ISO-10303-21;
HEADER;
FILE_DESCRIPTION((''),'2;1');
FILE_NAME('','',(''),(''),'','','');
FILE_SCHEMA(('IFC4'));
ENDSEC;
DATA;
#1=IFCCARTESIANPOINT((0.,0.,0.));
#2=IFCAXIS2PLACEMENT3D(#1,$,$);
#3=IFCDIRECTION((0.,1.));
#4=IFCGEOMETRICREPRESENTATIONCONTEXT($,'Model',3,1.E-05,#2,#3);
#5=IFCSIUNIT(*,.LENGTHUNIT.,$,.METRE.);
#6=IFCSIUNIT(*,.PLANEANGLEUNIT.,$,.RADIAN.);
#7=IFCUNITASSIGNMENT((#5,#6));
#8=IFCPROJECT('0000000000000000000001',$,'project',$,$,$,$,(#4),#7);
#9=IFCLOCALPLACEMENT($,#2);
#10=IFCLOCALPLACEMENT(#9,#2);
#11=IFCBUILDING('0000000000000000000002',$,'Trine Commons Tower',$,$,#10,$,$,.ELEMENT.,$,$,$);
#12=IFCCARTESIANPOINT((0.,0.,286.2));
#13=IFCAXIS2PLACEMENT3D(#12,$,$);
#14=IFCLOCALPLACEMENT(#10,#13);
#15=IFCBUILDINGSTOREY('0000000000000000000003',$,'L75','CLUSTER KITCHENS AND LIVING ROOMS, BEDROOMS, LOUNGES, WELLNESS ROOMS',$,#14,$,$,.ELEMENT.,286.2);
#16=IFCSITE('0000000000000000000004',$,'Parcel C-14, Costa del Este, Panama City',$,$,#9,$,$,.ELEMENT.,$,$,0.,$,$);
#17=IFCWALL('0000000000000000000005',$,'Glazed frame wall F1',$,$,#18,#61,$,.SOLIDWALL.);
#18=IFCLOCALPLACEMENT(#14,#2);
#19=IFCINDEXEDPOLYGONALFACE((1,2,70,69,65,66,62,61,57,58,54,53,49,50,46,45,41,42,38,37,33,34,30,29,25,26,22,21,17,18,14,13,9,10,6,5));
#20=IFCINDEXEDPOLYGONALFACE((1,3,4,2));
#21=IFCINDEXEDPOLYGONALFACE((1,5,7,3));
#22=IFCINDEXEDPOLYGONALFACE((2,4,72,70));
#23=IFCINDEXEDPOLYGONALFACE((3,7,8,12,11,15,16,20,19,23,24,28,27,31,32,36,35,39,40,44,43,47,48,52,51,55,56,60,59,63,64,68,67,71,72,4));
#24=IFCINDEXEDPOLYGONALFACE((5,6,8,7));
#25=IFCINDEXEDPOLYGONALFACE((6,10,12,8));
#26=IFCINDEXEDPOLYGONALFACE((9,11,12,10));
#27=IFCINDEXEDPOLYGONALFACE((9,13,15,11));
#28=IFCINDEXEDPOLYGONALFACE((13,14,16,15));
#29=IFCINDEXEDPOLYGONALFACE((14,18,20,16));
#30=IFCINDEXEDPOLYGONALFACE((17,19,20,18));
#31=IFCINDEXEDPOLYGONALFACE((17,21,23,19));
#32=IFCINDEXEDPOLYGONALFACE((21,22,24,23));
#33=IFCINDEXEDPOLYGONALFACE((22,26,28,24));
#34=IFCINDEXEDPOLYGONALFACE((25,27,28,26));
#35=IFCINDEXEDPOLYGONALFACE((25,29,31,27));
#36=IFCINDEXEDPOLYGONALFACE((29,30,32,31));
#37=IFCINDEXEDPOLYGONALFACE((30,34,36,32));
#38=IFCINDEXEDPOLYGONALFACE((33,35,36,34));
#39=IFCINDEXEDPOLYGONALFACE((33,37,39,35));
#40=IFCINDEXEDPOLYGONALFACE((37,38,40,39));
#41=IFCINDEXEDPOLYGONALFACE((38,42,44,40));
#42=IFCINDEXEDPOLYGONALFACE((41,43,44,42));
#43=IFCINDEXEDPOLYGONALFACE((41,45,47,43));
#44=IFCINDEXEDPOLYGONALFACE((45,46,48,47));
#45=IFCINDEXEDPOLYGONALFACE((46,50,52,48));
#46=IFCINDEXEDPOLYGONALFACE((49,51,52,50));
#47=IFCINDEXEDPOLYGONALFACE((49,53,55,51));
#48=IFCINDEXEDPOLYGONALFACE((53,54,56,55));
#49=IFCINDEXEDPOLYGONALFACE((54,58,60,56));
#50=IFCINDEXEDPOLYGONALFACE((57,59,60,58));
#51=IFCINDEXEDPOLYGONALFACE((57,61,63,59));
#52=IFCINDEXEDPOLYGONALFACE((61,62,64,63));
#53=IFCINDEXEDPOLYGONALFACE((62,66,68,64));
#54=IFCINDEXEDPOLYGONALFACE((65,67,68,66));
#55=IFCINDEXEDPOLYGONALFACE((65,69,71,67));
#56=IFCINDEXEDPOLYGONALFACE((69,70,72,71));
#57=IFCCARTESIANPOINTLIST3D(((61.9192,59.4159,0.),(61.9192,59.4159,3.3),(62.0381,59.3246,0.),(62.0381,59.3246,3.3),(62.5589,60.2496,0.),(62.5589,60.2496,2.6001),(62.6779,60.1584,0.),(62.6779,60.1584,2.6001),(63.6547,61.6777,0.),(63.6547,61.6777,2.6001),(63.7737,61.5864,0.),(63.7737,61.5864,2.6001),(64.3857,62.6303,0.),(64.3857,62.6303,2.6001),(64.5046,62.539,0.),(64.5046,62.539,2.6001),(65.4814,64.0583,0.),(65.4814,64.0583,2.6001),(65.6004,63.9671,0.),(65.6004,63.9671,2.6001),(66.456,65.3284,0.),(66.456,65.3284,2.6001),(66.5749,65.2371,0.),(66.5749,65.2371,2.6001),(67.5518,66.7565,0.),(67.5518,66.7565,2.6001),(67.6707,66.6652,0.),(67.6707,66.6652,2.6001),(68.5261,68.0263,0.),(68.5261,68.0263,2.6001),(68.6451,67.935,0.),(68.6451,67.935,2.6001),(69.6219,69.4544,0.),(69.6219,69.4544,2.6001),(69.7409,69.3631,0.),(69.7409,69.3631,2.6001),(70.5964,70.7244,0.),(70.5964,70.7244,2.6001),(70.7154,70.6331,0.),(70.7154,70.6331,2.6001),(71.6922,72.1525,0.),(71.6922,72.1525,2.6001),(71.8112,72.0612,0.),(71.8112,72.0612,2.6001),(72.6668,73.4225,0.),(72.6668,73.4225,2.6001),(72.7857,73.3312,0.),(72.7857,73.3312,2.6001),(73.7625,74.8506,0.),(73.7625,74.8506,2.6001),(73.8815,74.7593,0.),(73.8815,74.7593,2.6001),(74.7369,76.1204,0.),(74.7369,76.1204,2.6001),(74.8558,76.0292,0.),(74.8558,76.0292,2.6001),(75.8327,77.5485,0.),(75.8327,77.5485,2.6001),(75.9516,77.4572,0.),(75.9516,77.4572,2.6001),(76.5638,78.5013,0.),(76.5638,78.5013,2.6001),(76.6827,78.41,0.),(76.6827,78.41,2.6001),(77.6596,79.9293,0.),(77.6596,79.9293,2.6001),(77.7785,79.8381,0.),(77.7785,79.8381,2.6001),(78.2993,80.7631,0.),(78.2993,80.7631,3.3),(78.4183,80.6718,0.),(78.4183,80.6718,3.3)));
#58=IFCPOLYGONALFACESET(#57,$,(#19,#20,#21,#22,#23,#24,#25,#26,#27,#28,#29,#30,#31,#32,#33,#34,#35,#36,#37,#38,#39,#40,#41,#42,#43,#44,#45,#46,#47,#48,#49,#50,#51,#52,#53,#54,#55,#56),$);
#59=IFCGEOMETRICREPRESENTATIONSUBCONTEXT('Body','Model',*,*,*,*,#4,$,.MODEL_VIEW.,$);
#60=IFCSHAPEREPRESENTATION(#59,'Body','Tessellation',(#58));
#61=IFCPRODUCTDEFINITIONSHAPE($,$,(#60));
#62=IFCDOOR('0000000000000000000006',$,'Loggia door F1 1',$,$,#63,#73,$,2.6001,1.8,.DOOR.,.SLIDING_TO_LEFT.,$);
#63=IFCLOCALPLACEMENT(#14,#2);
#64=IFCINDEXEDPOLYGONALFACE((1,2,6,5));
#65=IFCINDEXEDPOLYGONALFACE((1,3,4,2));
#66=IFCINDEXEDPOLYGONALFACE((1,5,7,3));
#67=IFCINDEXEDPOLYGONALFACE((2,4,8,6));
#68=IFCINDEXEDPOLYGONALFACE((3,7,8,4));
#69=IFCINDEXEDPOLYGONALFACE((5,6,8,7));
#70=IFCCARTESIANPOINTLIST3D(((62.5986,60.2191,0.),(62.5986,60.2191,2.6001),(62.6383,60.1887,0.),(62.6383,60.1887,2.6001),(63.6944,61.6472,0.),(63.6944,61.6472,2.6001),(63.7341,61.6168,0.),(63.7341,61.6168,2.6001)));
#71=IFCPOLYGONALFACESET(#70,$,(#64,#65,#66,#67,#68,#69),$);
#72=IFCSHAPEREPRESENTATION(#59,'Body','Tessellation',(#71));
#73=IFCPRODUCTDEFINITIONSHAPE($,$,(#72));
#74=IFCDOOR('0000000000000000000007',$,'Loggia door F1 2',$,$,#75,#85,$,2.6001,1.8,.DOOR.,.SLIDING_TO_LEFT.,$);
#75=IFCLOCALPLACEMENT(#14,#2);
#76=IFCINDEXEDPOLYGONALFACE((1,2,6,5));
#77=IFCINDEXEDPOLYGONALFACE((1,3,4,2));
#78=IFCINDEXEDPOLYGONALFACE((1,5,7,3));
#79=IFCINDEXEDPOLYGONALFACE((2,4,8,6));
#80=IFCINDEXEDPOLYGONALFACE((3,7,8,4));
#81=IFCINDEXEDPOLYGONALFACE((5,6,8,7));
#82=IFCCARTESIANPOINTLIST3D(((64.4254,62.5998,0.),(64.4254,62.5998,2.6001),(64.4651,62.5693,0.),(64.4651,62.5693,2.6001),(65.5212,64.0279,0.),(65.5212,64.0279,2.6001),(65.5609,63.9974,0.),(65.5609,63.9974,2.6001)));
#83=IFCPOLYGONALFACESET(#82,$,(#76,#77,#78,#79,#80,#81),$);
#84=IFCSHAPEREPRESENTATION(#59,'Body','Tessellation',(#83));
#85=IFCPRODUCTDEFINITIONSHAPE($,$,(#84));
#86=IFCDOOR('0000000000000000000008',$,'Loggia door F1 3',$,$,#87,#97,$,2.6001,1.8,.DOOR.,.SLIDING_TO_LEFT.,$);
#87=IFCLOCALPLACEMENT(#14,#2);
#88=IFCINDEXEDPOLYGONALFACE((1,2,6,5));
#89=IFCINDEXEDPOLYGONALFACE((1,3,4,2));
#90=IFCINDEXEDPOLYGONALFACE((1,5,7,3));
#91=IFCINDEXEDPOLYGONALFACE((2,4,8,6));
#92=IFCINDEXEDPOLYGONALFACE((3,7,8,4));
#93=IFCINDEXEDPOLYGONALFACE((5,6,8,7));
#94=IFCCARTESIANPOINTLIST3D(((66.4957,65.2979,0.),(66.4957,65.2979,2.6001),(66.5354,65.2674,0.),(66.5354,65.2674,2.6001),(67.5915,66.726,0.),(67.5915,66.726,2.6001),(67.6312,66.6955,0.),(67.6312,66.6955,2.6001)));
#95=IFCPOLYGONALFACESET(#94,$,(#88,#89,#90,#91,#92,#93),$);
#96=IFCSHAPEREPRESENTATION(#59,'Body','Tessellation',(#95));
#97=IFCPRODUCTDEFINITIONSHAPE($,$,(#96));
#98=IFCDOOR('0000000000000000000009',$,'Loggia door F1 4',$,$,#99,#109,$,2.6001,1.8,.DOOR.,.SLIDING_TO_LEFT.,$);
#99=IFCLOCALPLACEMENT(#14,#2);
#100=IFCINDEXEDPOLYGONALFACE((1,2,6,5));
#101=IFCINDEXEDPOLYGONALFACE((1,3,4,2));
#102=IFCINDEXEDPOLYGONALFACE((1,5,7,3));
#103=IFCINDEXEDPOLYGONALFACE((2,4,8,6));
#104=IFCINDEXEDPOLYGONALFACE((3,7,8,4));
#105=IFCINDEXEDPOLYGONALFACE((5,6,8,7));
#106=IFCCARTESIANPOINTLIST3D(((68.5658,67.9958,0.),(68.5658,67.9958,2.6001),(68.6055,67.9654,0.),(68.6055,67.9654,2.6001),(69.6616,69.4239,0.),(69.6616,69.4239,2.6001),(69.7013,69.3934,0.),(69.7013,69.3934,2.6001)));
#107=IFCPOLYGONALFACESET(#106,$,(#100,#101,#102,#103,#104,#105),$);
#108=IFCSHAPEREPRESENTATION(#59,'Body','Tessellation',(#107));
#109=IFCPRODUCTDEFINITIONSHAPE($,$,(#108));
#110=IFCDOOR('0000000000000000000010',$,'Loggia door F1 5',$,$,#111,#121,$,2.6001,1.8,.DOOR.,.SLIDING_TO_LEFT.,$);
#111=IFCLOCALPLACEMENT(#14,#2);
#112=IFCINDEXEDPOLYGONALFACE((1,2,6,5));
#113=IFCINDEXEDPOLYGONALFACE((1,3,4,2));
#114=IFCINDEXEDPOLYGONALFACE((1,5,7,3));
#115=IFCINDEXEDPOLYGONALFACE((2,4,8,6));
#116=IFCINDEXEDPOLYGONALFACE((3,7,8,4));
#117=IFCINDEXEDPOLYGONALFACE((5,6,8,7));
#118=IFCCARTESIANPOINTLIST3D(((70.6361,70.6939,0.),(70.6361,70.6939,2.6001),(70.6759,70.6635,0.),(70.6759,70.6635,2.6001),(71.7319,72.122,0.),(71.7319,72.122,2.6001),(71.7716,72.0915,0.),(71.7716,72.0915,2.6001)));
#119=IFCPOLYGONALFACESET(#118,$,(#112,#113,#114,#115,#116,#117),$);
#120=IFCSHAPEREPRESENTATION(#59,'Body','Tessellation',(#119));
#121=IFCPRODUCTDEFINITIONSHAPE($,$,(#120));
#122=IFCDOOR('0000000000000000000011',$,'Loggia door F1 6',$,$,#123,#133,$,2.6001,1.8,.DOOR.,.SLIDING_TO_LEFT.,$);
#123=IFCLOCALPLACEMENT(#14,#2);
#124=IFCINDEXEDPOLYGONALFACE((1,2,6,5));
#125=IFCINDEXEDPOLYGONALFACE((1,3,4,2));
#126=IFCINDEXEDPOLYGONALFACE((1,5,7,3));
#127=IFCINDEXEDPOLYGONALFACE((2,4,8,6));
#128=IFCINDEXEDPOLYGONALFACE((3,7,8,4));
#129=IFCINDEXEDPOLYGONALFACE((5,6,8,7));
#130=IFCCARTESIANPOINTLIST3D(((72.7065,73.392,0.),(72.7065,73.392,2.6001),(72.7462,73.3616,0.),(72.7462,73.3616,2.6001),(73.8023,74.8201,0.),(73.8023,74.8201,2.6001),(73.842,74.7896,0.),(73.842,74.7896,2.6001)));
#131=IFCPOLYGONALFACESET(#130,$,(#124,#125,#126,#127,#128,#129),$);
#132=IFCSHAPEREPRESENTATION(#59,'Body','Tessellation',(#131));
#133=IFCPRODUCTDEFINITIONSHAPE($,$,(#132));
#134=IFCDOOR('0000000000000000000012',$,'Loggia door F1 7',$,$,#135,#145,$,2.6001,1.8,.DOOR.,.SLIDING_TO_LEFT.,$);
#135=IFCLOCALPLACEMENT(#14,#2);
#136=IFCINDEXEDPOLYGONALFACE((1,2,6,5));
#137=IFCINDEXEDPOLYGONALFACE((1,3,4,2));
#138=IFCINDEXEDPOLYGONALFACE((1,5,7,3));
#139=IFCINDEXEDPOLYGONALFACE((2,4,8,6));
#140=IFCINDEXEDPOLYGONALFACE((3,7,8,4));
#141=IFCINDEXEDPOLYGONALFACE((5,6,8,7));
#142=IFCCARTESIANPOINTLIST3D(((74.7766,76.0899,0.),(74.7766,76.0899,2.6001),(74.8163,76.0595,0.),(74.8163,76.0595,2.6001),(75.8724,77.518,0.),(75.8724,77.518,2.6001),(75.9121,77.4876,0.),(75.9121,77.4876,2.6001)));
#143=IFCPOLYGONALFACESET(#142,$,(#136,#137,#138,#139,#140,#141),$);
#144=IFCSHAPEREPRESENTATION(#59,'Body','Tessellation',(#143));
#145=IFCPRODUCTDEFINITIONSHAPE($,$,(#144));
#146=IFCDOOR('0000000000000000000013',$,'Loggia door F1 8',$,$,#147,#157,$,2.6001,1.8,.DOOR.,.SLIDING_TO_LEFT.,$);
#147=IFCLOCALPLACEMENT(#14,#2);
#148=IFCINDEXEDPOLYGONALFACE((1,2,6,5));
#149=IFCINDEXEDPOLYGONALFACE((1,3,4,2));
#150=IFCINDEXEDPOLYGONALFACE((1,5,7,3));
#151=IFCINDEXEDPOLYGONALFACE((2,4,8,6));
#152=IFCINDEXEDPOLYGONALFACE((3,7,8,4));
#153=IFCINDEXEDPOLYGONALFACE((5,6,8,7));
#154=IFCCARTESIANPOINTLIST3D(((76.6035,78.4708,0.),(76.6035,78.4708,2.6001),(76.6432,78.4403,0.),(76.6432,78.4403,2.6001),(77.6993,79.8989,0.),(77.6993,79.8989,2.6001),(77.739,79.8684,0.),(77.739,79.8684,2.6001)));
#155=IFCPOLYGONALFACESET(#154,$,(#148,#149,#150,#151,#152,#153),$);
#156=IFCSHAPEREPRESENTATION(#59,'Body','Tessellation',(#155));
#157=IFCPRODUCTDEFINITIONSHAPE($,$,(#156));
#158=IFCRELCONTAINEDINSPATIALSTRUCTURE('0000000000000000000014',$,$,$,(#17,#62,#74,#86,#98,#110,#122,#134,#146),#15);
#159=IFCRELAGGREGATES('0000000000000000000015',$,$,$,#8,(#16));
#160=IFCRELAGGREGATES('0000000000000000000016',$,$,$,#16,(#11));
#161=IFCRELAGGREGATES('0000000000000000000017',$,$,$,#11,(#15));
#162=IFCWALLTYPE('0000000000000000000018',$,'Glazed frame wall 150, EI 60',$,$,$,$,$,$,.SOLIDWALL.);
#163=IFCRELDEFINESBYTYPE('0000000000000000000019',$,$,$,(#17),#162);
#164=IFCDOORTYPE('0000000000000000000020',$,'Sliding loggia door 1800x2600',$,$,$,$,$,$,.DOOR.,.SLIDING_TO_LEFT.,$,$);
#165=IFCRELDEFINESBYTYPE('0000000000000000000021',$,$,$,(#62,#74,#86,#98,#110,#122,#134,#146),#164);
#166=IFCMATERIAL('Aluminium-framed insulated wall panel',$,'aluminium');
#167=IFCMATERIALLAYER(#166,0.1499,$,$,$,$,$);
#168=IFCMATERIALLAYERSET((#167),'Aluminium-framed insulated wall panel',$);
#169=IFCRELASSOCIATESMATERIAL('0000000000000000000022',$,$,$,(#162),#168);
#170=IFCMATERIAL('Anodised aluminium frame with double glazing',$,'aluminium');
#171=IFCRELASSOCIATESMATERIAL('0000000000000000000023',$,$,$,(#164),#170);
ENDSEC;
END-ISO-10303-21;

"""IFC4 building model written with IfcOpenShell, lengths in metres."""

from ifc_helpers import new_model, si_unit, direction, frame, frame_2d, origin, place, context, subcontext, project, spatial, polyline, rectangle, outline, extrude, material, layer, layer_set, type_object, element, fill, save


model = new_model("IFC4")

# Units and contexts
model_context = context("Model", 3, precision=1e-05, world=origin(), true_north=direction((0.0, 1.0)))
body_context = subcontext(model_context, "Body", "Model", "MODEL_VIEW")
ifc_project = project(units=[si_unit("LENGTHUNIT", "METRE"), si_unit("PLANEANGLEUNIT", "RADIAN")], contexts=[model_context])

# Site, building, storey
site_placement = place(None, origin())
site = spatial("IfcSite", under=ifc_project, at=site_placement, Name="Parcel C-14, Costa del Este, Panama City", CompositionType="ELEMENT", RefElevation=0.0)
building_placement = place(site_placement, origin())
building = spatial("IfcBuilding", under=site, at=building_placement, Name="Trine Commons Tower", CompositionType="ELEMENT")
storey_placement = place(building_placement, frame((0.0, 0.0, 286.2)))
storey = spatial("IfcBuildingStorey", under=building, at=storey_placement, Name="L75", Description="CLUSTER KITCHENS AND LIVING ROOMS, BEDROOMS, LOUNGES, WELLNESS ROOMS", CompositionType="ELEMENT", Elevation=286.2)

# Wall, openings, doors
ifc_material_1 = material(Name="Aluminium-framed insulated wall panel", Category="aluminium")
ifc_layer_1 = layer(ifc_material_1, 0.1499)
ifc_layer_set_1 = layer_set([ifc_layer_1], Name="Aluminium-framed insulated wall panel")
wall_type_1 = type_object("IfcWallType", Name="Glazed frame wall 150, EI 60", PredefinedType="SOLIDWALL", material=ifc_layer_set_1)
wall_1_placement = place(storey_placement, frame((61.8877, 59.2517, 0.0), z_axis=(0.0, 0.0, 1.0), x_axis=(0.608758, 0.793356, 0.0)))
wall_1 = element("IfcWall", 1, at=wall_1_placement, inside=storey, type_object=wall_type_1, Name="Glazed frame wall F1", PredefinedType="SOLIDWALL", context=body_context, shape_type="SweptSolid", body=[
    extrude(outline(polyline([(0.1494, 0.075), (0.1494, -0.075), (27.0569, -0.075), (27.0569, 0.075), (0.1494, 0.075)])), origin(), (0.0, 0.0, 1.0), 3.3),
])
opening_1_placement = place(wall_1_placement, frame((1.2004, 0.0, 0.0)))
opening_1 = element("IfcOpeningElement", 2, at=opening_1_placement, cuts=wall_1, PredefinedType="OPENING", context=body_context, shape_type="SweptSolid", body=[
    extrude(rectangle(XDim=1.8, YDim=2.6001, at=frame_2d((0.8999, 1.3))), frame((0.0, 0.085, 0.0), z_axis=(0.0, -1.0, 0.0), x_axis=(1.0, 0.0, 0.0)), (0.0, 0.0, 1.0), 0.1699),
])
opening_2_placement = place(wall_1_placement, frame((4.2012, 0.0, 0.0)))
opening_2 = element("IfcOpeningElement", 3, at=opening_2_placement, cuts=wall_1, PredefinedType="OPENING", context=body_context, shape_type="SweptSolid", body=[
    extrude(rectangle(XDim=1.8, YDim=2.6001, at=frame_2d((0.8999, 1.3))), frame((0.0, 0.085, 0.0), z_axis=(0.0, -1.0, 0.0), x_axis=(1.0, 0.0, 0.0)), (0.0, 0.0, 1.0), 0.1699),
])
opening_3_placement = place(wall_1_placement, frame((7.6021, 0.0, 0.0)))
opening_3 = element("IfcOpeningElement", 4, at=opening_3_placement, cuts=wall_1, PredefinedType="OPENING", context=body_context, shape_type="SweptSolid", body=[
    extrude(rectangle(XDim=1.8, YDim=2.6001, at=frame_2d((0.8999, 1.3))), frame((0.0, 0.085, 0.0), z_axis=(0.0, -1.0, 0.0), x_axis=(1.0, 0.0, 0.0)), (0.0, 0.0, 1.0), 0.1699),
])
opening_4_placement = place(wall_1_placement, frame((11.0027, 0.0, 0.0)))
opening_4 = element("IfcOpeningElement", 5, at=opening_4_placement, cuts=wall_1, PredefinedType="OPENING", context=body_context, shape_type="SweptSolid", body=[
    extrude(rectangle(XDim=1.8, YDim=2.6001, at=frame_2d((0.8999, 1.3))), frame((0.0, 0.085, 0.0), z_axis=(0.0, -1.0, 0.0), x_axis=(1.0, 0.0, 0.0)), (0.0, 0.0, 1.0), 0.1699),
])
opening_5_placement = place(wall_1_placement, frame((14.4036, 0.0, 0.0)))
opening_5 = element("IfcOpeningElement", 6, at=opening_5_placement, cuts=wall_1, PredefinedType="OPENING", context=body_context, shape_type="SweptSolid", body=[
    extrude(rectangle(XDim=1.8, YDim=2.6001, at=frame_2d((0.8999, 1.3))), frame((0.0, 0.085, 0.0), z_axis=(0.0, -1.0, 0.0), x_axis=(1.0, 0.0, 0.0)), (0.0, 0.0, 1.0), 0.1699),
])
opening_6_placement = place(wall_1_placement, frame((17.8044, 0.0, 0.0)))
opening_6 = element("IfcOpeningElement", 7, at=opening_6_placement, cuts=wall_1, PredefinedType="OPENING", context=body_context, shape_type="SweptSolid", body=[
    extrude(rectangle(XDim=1.8, YDim=2.6001, at=frame_2d((0.8999, 1.3))), frame((0.0, 0.085, 0.0), z_axis=(0.0, -1.0, 0.0), x_axis=(1.0, 0.0, 0.0)), (0.0, 0.0, 1.0), 0.1699),
])
opening_7_placement = place(wall_1_placement, frame((21.2051, 0.0, 0.0)))
opening_7 = element("IfcOpeningElement", 8, at=opening_7_placement, cuts=wall_1, PredefinedType="OPENING", context=body_context, shape_type="SweptSolid", body=[
    extrude(rectangle(XDim=1.8, YDim=2.6001, at=frame_2d((0.8999, 1.3))), frame((0.0, 0.085, 0.0), z_axis=(0.0, -1.0, 0.0), x_axis=(1.0, 0.0, 0.0)), (0.0, 0.0, 1.0), 0.1699),
])
opening_8_placement = place(wall_1_placement, frame((24.2061, 0.0, 0.0)))
opening_8 = element("IfcOpeningElement", 9, at=opening_8_placement, cuts=wall_1, PredefinedType="OPENING", context=body_context, shape_type="SweptSolid", body=[
    extrude(rectangle(XDim=1.8, YDim=2.6001, at=frame_2d((0.8999, 1.3))), frame((0.0, 0.085, 0.0), z_axis=(0.0, -1.0, 0.0), x_axis=(1.0, 0.0, 0.0)), (0.0, 0.0, 1.0), 0.1699),
])
ifc_material_2 = material(Name="Anodised aluminium frame with double glazing", Category="aluminium")
door_type_1 = type_object("IfcDoorType", Name="Sliding loggia door 1800x2600", OperationType="SLIDING_TO_LEFT", PredefinedType="DOOR", material=ifc_material_2)
door_1_placement = place(opening_1_placement, origin())
door_1 = element("IfcDoor", 10, at=door_1_placement, inside=storey, type_object=door_type_1, Name="Loggia door F1 1", OperationType="SLIDING_TO_LEFT", OverallHeight=2.6001, OverallWidth=1.8, PredefinedType="DOOR", context=body_context, shape_type="SweptSolid", body=[
    extrude(rectangle(XDim=1.8, YDim=2.6001, at=frame_2d((0.8999, 1.3))), frame((0.0, 0.0249, 0.0), z_axis=(0.0, -1.0, 0.0), x_axis=(1.0, 0.0, 0.0)), (0.0, 0.0, 1.0), 0.05),
])
fill(opening_1, door_1)
door_2_placement = place(opening_2_placement, origin())
door_2 = element("IfcDoor", 11, at=door_2_placement, inside=storey, type_object=door_type_1, Name="Loggia door F1 2", OperationType="SLIDING_TO_LEFT", OverallHeight=2.6001, OverallWidth=1.8, PredefinedType="DOOR", context=body_context, shape_type="SweptSolid", body=[
    extrude(rectangle(XDim=1.8, YDim=2.6001, at=frame_2d((0.8999, 1.3))), frame((0.0, 0.0249, 0.0), z_axis=(0.0, -1.0, 0.0), x_axis=(1.0, 0.0, 0.0)), (0.0, 0.0, 1.0), 0.05),
])
fill(opening_2, door_2)
door_3_placement = place(opening_3_placement, origin())
door_3 = element("IfcDoor", 12, at=door_3_placement, inside=storey, type_object=door_type_1, Name="Loggia door F1 3", OperationType="SLIDING_TO_LEFT", OverallHeight=2.6001, OverallWidth=1.8, PredefinedType="DOOR", context=body_context, shape_type="SweptSolid", body=[
    extrude(rectangle(XDim=1.8, YDim=2.6001, at=frame_2d((0.8999, 1.3))), frame((0.0, 0.0249, 0.0), z_axis=(0.0, -1.0, 0.0), x_axis=(1.0, 0.0, 0.0)), (0.0, 0.0, 1.0), 0.05),
])
fill(opening_3, door_3)
door_4_placement = place(opening_4_placement, origin())
door_4 = element("IfcDoor", 13, at=door_4_placement, inside=storey, type_object=door_type_1, Name="Loggia door F1 4", OperationType="SLIDING_TO_LEFT", OverallHeight=2.6001, OverallWidth=1.8, PredefinedType="DOOR", context=body_context, shape_type="SweptSolid", body=[
    extrude(rectangle(XDim=1.8, YDim=2.6001, at=frame_2d((0.8999, 1.3))), frame((0.0, 0.0249, 0.0), z_axis=(0.0, -1.0, 0.0), x_axis=(1.0, 0.0, 0.0)), (0.0, 0.0, 1.0), 0.05),
])
fill(opening_4, door_4)
door_5_placement = place(opening_5_placement, origin())
door_5 = element("IfcDoor", 14, at=door_5_placement, inside=storey, type_object=door_type_1, Name="Loggia door F1 5", OperationType="SLIDING_TO_LEFT", OverallHeight=2.6001, OverallWidth=1.8, PredefinedType="DOOR", context=body_context, shape_type="SweptSolid", body=[
    extrude(rectangle(XDim=1.8, YDim=2.6001, at=frame_2d((0.8999, 1.3))), frame((0.0, 0.0249, 0.0), z_axis=(0.0, -1.0, 0.0), x_axis=(1.0, 0.0, 0.0)), (0.0, 0.0, 1.0), 0.05),
])
fill(opening_5, door_5)
door_6_placement = place(opening_6_placement, origin())
door_6 = element("IfcDoor", 15, at=door_6_placement, inside=storey, type_object=door_type_1, Name="Loggia door F1 6", OperationType="SLIDING_TO_LEFT", OverallHeight=2.6001, OverallWidth=1.8, PredefinedType="DOOR", context=body_context, shape_type="SweptSolid", body=[
    extrude(rectangle(XDim=1.8, YDim=2.6001, at=frame_2d((0.8999, 1.3))), frame((0.0, 0.0249, 0.0), z_axis=(0.0, -1.0, 0.0), x_axis=(1.0, 0.0, 0.0)), (0.0, 0.0, 1.0), 0.05),
])
fill(opening_6, door_6)
door_7_placement = place(opening_7_placement, origin())
door_7 = element("IfcDoor", 16, at=door_7_placement, inside=storey, type_object=door_type_1, Name="Loggia door F1 7", OperationType="SLIDING_TO_LEFT", OverallHeight=2.6001, OverallWidth=1.8, PredefinedType="DOOR", context=body_context, shape_type="SweptSolid", body=[
    extrude(rectangle(XDim=1.8, YDim=2.6001, at=frame_2d((0.8999, 1.3))), frame((0.0, 0.0249, 0.0), z_axis=(0.0, -1.0, 0.0), x_axis=(1.0, 0.0, 0.0)), (0.0, 0.0, 1.0), 0.05),
])
fill(opening_7, door_7)
door_8_placement = place(opening_8_placement, origin())
door_8 = element("IfcDoor", 17, at=door_8_placement, inside=storey, type_object=door_type_1, Name="Loggia door F1 8", OperationType="SLIDING_TO_LEFT", OverallHeight=2.6001, OverallWidth=1.8, PredefinedType="DOOR", context=body_context, shape_type="SweptSolid", body=[
    extrude(rectangle(XDim=1.8, YDim=2.6001, at=frame_2d((0.8999, 1.3))), frame((0.0, 0.0249, 0.0), z_axis=(0.0, -1.0, 0.0), x_axis=(1.0, 0.0, 0.0)), (0.0, 0.0, 1.0), 0.05),
])
fill(opening_8, door_8)

save(model, "model.ifc")
